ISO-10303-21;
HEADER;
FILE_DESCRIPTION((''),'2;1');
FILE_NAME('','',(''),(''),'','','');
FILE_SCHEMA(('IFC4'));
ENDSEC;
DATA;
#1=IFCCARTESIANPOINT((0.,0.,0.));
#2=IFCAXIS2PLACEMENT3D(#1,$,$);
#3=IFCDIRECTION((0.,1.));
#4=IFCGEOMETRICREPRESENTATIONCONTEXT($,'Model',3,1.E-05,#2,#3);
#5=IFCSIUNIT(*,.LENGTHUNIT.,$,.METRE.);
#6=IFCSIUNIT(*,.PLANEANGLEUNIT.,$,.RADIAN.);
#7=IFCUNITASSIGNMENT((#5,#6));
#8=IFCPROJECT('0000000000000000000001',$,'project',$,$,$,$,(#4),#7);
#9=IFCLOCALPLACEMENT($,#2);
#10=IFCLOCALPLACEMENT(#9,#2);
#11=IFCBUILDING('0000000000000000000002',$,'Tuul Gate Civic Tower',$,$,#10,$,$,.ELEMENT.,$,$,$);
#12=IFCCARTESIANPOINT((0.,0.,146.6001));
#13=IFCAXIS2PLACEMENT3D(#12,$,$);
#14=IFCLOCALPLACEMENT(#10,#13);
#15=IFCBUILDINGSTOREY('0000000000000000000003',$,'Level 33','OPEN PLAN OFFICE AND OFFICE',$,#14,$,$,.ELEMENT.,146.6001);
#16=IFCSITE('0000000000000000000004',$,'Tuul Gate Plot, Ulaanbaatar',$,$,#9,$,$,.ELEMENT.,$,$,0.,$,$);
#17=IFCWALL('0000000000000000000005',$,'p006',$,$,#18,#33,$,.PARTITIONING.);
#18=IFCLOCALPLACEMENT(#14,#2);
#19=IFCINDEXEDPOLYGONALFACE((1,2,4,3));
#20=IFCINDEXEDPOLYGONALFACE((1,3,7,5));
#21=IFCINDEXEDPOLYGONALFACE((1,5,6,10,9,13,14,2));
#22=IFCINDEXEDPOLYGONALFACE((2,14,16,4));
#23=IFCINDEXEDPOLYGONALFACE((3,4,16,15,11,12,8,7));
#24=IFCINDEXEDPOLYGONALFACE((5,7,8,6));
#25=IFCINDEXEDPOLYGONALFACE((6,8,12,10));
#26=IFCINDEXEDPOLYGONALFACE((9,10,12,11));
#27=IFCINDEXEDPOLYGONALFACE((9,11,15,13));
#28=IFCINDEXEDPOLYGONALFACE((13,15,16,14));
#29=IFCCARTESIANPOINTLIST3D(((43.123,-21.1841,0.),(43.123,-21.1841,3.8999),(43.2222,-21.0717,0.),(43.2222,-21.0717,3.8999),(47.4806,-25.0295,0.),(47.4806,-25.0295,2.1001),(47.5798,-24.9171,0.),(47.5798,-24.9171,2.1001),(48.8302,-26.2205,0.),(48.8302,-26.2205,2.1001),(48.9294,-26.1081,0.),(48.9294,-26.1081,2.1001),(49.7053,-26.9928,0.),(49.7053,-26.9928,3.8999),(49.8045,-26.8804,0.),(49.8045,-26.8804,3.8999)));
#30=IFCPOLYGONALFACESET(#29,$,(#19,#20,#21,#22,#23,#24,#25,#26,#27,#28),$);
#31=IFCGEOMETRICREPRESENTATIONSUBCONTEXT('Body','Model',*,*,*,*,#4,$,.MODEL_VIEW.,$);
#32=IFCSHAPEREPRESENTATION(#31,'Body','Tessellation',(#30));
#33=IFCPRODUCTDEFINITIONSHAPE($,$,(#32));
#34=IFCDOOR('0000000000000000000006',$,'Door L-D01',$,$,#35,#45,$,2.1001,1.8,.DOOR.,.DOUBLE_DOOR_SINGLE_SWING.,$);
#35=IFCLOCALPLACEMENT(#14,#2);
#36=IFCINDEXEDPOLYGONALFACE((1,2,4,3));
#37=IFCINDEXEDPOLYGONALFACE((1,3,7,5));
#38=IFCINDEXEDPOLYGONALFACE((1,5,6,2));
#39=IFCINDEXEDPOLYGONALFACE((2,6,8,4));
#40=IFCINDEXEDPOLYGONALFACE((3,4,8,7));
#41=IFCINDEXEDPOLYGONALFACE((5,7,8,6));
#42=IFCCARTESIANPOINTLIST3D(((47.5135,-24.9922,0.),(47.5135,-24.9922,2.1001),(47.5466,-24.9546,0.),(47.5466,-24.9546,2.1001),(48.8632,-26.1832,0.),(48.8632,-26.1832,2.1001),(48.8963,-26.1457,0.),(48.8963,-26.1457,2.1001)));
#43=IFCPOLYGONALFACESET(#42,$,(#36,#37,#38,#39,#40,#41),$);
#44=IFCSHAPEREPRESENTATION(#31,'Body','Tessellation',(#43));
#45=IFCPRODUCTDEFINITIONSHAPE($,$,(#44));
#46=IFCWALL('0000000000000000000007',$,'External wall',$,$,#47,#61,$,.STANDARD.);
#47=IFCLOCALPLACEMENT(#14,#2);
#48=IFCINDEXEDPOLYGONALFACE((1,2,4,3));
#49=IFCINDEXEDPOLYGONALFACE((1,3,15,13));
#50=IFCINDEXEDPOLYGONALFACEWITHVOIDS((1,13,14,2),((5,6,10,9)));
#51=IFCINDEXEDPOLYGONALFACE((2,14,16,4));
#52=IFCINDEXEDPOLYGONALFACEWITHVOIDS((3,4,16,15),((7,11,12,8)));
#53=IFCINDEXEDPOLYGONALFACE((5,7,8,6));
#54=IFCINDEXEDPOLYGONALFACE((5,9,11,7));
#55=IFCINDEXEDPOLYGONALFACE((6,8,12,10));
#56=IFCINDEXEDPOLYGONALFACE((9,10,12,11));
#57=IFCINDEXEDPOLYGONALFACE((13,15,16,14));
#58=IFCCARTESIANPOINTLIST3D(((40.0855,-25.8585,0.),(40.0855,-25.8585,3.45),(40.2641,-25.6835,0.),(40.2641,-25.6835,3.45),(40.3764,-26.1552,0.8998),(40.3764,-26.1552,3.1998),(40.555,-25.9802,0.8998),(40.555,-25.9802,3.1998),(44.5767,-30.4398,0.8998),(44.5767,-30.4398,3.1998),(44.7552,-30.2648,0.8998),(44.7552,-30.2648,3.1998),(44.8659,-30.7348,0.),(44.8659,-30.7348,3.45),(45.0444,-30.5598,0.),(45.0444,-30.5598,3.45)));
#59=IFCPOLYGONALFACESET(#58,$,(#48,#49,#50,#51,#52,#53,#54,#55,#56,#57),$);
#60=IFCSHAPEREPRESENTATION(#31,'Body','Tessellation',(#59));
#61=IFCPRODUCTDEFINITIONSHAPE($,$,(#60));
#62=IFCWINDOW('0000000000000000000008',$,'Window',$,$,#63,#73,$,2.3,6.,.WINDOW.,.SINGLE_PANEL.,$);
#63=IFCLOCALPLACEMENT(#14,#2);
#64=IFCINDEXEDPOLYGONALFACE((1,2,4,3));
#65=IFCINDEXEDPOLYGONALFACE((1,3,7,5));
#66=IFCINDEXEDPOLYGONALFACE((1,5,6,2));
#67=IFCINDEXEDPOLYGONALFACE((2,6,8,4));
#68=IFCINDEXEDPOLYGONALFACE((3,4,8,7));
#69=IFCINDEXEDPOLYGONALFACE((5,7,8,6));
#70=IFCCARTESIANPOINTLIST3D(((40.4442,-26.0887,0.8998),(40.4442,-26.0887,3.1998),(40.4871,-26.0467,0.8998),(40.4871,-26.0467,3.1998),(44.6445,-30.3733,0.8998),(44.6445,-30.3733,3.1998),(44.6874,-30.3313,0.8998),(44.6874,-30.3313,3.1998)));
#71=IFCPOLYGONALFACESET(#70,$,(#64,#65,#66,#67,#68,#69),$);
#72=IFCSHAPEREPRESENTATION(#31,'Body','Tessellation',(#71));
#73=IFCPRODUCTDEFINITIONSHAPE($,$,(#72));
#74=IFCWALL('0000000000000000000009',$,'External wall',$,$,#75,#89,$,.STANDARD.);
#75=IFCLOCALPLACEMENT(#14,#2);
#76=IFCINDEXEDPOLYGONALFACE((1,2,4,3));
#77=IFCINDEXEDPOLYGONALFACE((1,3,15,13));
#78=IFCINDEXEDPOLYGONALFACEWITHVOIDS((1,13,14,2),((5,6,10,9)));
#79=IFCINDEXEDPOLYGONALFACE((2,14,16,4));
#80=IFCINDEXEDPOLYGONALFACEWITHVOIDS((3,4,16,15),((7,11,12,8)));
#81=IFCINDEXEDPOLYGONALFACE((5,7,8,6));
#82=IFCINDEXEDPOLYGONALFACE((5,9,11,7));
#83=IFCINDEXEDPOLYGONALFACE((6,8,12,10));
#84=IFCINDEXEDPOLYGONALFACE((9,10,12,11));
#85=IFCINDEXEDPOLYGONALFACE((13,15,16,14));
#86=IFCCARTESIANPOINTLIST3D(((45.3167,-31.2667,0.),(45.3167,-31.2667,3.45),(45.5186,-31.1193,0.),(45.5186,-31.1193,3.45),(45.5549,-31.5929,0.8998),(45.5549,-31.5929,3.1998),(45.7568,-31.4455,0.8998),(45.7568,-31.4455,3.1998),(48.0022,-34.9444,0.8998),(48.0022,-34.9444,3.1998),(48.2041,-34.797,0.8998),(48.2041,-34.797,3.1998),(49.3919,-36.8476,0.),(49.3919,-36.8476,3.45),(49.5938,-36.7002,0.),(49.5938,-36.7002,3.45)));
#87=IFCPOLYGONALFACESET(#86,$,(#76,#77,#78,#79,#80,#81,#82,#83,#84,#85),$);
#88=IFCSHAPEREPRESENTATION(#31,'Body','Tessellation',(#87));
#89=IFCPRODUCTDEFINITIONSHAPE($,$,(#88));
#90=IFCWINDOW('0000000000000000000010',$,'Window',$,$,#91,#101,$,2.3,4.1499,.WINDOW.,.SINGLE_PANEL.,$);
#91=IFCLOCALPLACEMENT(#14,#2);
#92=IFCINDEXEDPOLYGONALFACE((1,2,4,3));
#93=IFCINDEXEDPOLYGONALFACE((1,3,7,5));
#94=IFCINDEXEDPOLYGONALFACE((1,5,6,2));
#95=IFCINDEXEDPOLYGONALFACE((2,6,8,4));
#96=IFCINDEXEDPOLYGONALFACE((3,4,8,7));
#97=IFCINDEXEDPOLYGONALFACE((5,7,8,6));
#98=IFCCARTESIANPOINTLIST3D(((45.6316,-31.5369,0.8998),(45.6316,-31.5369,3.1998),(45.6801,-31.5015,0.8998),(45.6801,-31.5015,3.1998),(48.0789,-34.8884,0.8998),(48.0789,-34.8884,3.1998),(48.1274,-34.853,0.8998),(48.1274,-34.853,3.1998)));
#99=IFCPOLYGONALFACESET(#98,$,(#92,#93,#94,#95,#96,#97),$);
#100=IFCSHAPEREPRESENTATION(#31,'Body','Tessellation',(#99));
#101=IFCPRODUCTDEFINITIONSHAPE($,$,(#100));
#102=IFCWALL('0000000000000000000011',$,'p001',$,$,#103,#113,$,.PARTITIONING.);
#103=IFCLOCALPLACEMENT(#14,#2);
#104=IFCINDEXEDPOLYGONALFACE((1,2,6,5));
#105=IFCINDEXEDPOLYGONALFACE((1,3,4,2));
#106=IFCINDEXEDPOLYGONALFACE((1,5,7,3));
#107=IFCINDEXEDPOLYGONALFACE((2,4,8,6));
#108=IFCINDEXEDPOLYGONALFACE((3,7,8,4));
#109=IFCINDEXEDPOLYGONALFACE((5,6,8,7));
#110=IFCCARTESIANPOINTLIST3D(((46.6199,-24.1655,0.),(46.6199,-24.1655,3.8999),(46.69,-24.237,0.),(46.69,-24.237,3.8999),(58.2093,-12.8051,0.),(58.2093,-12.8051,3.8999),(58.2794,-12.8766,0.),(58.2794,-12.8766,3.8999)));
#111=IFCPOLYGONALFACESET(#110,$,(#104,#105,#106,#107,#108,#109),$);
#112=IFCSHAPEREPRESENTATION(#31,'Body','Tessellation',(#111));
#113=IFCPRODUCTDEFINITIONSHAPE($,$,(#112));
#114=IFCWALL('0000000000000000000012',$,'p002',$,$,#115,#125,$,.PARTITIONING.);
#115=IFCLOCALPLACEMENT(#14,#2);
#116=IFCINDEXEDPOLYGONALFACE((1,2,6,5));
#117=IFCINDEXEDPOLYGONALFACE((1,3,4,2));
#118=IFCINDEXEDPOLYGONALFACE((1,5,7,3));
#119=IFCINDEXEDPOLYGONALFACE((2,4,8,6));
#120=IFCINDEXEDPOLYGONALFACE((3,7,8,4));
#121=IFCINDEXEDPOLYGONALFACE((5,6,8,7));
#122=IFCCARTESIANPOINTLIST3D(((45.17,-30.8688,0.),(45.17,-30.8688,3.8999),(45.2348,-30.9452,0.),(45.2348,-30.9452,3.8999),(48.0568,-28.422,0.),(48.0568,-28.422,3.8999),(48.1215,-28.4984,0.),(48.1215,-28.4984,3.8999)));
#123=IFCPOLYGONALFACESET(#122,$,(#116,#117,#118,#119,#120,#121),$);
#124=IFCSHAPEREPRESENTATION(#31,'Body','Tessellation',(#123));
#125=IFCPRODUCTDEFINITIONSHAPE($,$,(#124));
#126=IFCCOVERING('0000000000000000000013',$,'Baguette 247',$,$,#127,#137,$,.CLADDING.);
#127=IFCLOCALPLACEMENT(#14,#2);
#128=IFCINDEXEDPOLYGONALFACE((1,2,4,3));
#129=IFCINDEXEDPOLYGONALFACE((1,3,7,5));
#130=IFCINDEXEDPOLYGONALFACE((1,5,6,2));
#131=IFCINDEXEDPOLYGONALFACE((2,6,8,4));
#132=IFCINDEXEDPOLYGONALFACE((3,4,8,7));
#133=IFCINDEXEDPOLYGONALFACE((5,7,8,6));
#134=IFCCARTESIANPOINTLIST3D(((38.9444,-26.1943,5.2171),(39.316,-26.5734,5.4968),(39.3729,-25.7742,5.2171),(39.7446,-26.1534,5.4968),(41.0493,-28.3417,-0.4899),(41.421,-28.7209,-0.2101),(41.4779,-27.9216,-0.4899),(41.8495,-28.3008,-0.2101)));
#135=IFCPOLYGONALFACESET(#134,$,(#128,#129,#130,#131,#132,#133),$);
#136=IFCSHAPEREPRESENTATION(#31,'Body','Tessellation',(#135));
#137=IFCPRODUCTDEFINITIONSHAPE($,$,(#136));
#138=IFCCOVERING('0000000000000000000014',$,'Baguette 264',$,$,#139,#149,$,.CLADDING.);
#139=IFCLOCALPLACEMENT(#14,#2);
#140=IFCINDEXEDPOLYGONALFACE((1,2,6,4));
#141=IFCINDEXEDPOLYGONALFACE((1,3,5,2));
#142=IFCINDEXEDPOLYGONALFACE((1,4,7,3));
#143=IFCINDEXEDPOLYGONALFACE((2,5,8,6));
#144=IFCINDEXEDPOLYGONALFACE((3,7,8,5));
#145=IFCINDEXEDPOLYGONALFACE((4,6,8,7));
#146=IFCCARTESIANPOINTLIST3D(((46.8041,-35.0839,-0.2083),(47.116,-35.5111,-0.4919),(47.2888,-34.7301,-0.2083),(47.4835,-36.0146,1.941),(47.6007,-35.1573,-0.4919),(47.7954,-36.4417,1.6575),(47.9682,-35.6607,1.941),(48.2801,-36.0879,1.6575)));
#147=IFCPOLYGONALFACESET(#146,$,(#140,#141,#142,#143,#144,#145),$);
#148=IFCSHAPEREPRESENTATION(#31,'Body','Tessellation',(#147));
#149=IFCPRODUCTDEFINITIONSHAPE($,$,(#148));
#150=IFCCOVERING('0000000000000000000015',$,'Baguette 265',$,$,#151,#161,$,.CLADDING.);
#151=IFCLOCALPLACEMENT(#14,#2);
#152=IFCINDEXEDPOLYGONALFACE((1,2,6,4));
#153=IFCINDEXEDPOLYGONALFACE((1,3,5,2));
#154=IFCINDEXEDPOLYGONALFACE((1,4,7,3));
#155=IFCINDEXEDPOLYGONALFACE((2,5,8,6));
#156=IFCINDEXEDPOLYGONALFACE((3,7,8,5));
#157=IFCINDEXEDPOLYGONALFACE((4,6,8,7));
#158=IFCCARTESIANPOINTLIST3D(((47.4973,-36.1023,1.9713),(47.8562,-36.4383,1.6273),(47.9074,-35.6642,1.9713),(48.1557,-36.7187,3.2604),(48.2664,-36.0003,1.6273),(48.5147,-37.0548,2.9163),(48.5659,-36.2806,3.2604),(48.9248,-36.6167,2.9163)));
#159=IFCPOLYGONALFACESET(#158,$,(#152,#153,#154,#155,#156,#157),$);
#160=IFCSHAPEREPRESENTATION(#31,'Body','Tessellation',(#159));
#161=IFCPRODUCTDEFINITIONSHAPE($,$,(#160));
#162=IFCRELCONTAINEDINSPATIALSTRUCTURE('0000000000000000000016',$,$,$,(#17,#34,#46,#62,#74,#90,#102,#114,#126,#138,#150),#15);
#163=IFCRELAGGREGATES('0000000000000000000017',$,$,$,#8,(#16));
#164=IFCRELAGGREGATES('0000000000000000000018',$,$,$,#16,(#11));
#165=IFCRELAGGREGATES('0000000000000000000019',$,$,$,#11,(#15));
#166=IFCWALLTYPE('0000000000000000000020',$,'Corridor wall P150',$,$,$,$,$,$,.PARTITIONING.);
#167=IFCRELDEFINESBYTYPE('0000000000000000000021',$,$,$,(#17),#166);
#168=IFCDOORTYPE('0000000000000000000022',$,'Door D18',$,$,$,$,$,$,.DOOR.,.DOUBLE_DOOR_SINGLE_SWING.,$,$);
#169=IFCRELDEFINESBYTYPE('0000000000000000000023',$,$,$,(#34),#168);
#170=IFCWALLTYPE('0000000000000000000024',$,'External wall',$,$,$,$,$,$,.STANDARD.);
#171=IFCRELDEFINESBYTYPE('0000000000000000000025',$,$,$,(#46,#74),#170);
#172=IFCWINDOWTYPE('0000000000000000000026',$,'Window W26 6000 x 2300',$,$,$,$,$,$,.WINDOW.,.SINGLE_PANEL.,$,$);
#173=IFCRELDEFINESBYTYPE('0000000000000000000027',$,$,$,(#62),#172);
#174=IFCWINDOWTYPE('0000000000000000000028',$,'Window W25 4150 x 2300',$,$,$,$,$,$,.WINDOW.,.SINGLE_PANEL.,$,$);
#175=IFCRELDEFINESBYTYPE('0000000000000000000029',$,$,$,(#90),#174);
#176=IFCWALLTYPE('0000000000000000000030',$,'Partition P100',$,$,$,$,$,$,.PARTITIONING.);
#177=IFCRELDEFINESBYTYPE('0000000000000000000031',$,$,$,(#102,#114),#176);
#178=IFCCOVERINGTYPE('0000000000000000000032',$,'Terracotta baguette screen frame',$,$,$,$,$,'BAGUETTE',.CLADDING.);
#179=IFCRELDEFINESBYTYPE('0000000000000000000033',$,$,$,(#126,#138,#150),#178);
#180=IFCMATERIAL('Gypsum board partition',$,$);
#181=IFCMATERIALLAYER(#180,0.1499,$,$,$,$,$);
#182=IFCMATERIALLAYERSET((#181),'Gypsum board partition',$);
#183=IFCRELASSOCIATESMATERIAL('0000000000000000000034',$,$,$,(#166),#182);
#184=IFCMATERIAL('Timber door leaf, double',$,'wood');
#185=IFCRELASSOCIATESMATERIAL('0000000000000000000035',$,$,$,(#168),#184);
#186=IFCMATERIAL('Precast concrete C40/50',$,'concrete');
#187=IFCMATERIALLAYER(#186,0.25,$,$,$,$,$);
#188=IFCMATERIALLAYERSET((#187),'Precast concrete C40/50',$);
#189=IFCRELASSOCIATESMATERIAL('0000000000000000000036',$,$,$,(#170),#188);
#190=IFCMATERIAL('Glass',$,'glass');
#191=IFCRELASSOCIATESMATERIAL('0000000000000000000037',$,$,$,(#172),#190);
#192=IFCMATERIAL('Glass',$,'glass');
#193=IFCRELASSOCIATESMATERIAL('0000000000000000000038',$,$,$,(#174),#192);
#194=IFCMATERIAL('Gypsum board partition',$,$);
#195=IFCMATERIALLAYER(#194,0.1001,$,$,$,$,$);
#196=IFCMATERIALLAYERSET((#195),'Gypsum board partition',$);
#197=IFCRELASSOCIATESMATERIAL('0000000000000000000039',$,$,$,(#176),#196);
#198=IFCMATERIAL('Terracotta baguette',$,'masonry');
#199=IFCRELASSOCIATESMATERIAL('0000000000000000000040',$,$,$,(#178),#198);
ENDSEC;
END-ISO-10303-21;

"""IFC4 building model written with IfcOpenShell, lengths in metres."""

from ifc_helpers import new_model, si_unit, direction, frame, frame_2d, origin, origin_2d, place, context, subcontext, project, spatial, rectangle, extrude, material, layer, layer_set, material_profile, profile_set, type_object, element, fill, save


model = new_model("IFC4")

# Units and contexts
model_context = context("Model", 3, precision=1e-05, world=origin(), true_north=direction((0.0, 1.0)))
body_context = subcontext(model_context, "Body", "Model", "MODEL_VIEW")
ifc_project = project(units=[si_unit("LENGTHUNIT", "METRE"), si_unit("PLANEANGLEUNIT", "RADIAN")], contexts=[model_context])

# Site, building, storey
site_placement = place(None, origin())
site = spatial("IfcSite", under=ifc_project, at=site_placement, Name="Tuul Gate Plot, Ulaanbaatar", CompositionType="ELEMENT", RefElevation=0.0)
building_placement = place(site_placement, origin())
building = spatial("IfcBuilding", under=site, at=building_placement, Name="Tuul Gate Civic Tower", CompositionType="ELEMENT")
storey_placement = place(building_placement, frame((0.0, 0.0, 146.6001)))
storey = spatial("IfcBuildingStorey", under=building, at=storey_placement, Name="Level 33", Description="OPEN PLAN OFFICE AND OFFICE", CompositionType="ELEMENT", Elevation=146.6001)

# Shared definitions
ifc_material_1 = material(Name="Gypsum board partition")
ifc_layer_1 = layer(ifc_material_1, 0.1499)
ifc_layer_set_1 = layer_set([ifc_layer_1], Name="Gypsum board partition")
wall_type_1 = type_object("IfcWallType", Name="Corridor wall P150", PredefinedType="PARTITIONING", material=ifc_layer_set_1)

# Wall, opening, door
wall_1_placement = place(storey_placement, frame((43.1726, -21.1279, 0.0), z_axis=(0.0, 0.0, 1.0), x_axis=(0.749798, -0.661667, 0.0)))
wall_1 = element("IfcWall", 1, at=wall_1_placement, inside=storey, type_object=wall_type_1, Name="p006", PredefinedType="PARTITIONING", context=body_context, shape_type="SweptSolid", body=[
    extrude(rectangle(XDim=8.7788, YDim=0.1499, at=frame_2d((4.3894, 0.0))), origin(), (0.0, 0.0, 1.0), 3.8999),
])
opening_1_placement = place(wall_1_placement, frame((5.8118, 0.0, 0.0)))
opening_1 = element("IfcOpeningElement", 2, at=opening_1_placement, cuts=wall_1, PredefinedType="OPENING", context=body_context, shape_type="SweptSolid", body=[
    extrude(rectangle(XDim=1.8, YDim=2.1001, at=frame_2d((0.8999, 1.05))), frame((0.0, 0.085, 0.0), z_axis=(0.0, -1.0, 0.0), x_axis=(1.0, 0.0, 0.0)), (0.0, 0.0, 1.0), 0.1699),
])
ifc_material_2 = material(Name="Timber door leaf, double", Category="wood")
door_type = type_object("IfcDoorType", Name="Door D18", OperationType="DOUBLE_DOOR_SINGLE_SWING", PredefinedType="DOOR", material=ifc_material_2)
door_placement = place(opening_1_placement, origin())
door = element("IfcDoor", 3, at=door_placement, inside=storey, type_object=door_type, Name="Door L-D01", OperationType="DOUBLE_DOOR_SINGLE_SWING", OverallHeight=2.1001, OverallWidth=1.8, PredefinedType="DOOR", context=body_context, shape_type="SweptSolid", body=[
    extrude(rectangle(XDim=1.8, YDim=2.1001, at=frame_2d((0.8999, 1.05))), frame((0.0, 0.0249, 0.0), z_axis=(0.0, -1.0, 0.0), x_axis=(1.0, 0.0, 0.0)), (0.0, 0.0, 1.0), 0.05),
])
fill(opening_1, door)

# Walls, openings, windows
ifc_material_3 = material(Name="Precast concrete C40/50", Category="concrete")
ifc_layer_2 = layer(ifc_material_3, 0.25)
ifc_layer_set_2 = layer_set([ifc_layer_2], Name="Precast concrete C40/50")
wall_type_2 = type_object("IfcWallType", Name="External wall", PredefinedType="STANDARD", material=ifc_layer_set_2)
wall_2_placement = place(storey_placement, frame((40.1748, -25.771, 0.0), z_axis=(0.0, 0.0, 1.0), x_axis=(0.700046, -0.714097, 0.0)))
wall_2 = element("IfcWall", 4, at=wall_2_placement, inside=storey, type_object=wall_type_2, Name="External wall", PredefinedType="STANDARD", context=body_context, shape_type="SweptSolid", body=[
    extrude(rectangle(XDim=6.8286, YDim=0.25, at=frame_2d((3.4143, 0.0))), origin(), (0.0, 0.0, 1.0), 3.45),
])
opening_2_placement = place(wall_2_placement, frame((0.4155, 0.0, 0.8999)))
opening_2 = element("IfcOpeningElement", 5, at=opening_2_placement, cuts=wall_2, PredefinedType="OPENING", context=body_context, shape_type="SweptSolid", body=[
    extrude(rectangle(XDim=6.0, YDim=2.3, at=frame_2d((3.0, 1.1499))), frame((0.0, 0.135, 0.0), z_axis=(0.0, -1.0, 0.0), x_axis=(1.0, 0.0, 0.0)), (0.0, 0.0, 1.0), 0.27),
])
ifc_material_4 = material(Name="Glass", Category="glass")
window_type_1 = type_object("IfcWindowType", Name="Window W26 6000 x 2300", PartitioningType="SINGLE_PANEL", PredefinedType="WINDOW", material=ifc_material_4)
window_1_placement = place(opening_2_placement, origin())
window_1 = element("IfcWindow", 6, at=window_1_placement, inside=storey, type_object=window_type_1, Name="Window", OverallHeight=2.3, OverallWidth=6.0, PartitioningType="SINGLE_PANEL", PredefinedType="WINDOW", context=body_context, shape_type="SweptSolid", body=[
    extrude(rectangle(XDim=6.0, YDim=2.3, at=frame_2d((3.0, 1.1499))), frame((0.0, 0.03, 0.0), z_axis=(0.0, -1.0, 0.0), x_axis=(1.0, 0.0, 0.0)), (0.0, 0.0, 1.0), 0.0601),
])
fill(opening_2, window_1)
wall_3_placement = place(storey_placement, frame((45.4177, -31.1931, 0.0), z_axis=(0.0, 0.0, 1.0), x_axis=(0.589725, -0.807604, 0.0)))
wall_3 = element("IfcWall", 7, at=wall_3_placement, inside=storey, type_object=wall_type_2, Name="External wall", PredefinedType="STANDARD", context=body_context, shape_type="SweptSolid", body=[
    extrude(rectangle(XDim=6.9104, YDim=0.25, at=frame_2d((3.4551, 0.0))), origin(), (0.0, 0.0, 1.0), 3.45),
])
opening_3_placement = place(wall_3_placement, frame((0.4038, 0.0, 0.8999)))
opening_3 = element("IfcOpeningElement", 8, at=opening_3_placement, cuts=wall_3, PredefinedType="OPENING", context=body_context, shape_type="SweptSolid", body=[
    extrude(rectangle(XDim=4.1499, YDim=2.3, at=frame_2d((2.075, 1.1499))), frame((0.0, 0.135, 0.0), z_axis=(0.0, -1.0, 0.0), x_axis=(1.0, 0.0, 0.0)), (0.0, 0.0, 1.0), 0.27),
])
ifc_material_5 = material(Name="Glass", Category="glass")
window_type_2 = type_object("IfcWindowType", Name="Window W25 4150 x 2300", PartitioningType="SINGLE_PANEL", PredefinedType="WINDOW", material=ifc_material_5)
window_2_placement = place(opening_3_placement, origin())
window_2 = element("IfcWindow", 9, at=window_2_placement, inside=storey, type_object=window_type_2, Name="Window", OverallHeight=2.3, OverallWidth=4.1499, PartitioningType="SINGLE_PANEL", PredefinedType="WINDOW", context=body_context, shape_type="SweptSolid", body=[
    extrude(rectangle(XDim=4.1499, YDim=2.3, at=frame_2d((2.075, 1.1499))), frame((0.0, 0.03, 0.0), z_axis=(0.0, -1.0, 0.0), x_axis=(1.0, 0.0, 0.0)), (0.0, 0.0, 1.0), 0.0601),
])
fill(opening_3, window_2)

# Walls
ifc_material_6 = material(Name="Gypsum board partition")
ifc_layer_3 = layer(ifc_material_6, 0.1001)
ifc_layer_set_3 = layer_set([ifc_layer_3], Name="Gypsum board partition")
wall_type_3 = type_object("IfcWallType", Name="Partition P100", PredefinedType="PARTITIONING", material=ifc_layer_set_3)
wall_4_placement = place(storey_placement, frame((46.655, -24.2012, 0.0), z_axis=(0.0, 0.0, 1.0), x_axis=(0.714127, 0.700016, 0.0)))
element("IfcWall", 10, at=wall_4_placement, inside=storey, type_object=wall_type_3, Name="p001", PredefinedType="PARTITIONING", context=body_context, shape_type="SweptSolid", body=[
    extrude(rectangle(XDim=16.2288, YDim=0.1001, at=frame_2d((8.1143, 0.0))), origin(), (0.0, 0.0, 1.0), 3.8999),
])
wall_5_placement = place(storey_placement, frame((45.2024, -30.907, 0.0), z_axis=(0.0, 0.0, 1.0), x_axis=(0.762843, 0.646584, 0.0)))
element("IfcWall", 11, at=wall_5_placement, inside=storey, type_object=wall_type_3, Name="p002", PredefinedType="PARTITIONING", context=body_context, shape_type="SweptSolid", body=[
    extrude(rectangle(XDim=3.7842, YDim=0.1001, at=frame_2d((1.8921, 0.0))), origin(), (0.0, 0.0, 1.0), 3.8999),
])

# Coverings
ifc_material_7 = material(Name="Terracotta baguette", Category="masonry")
ifc_material_profile_1 = material_profile(ifc_material_7, rectangle(XDim=0.6001, YDim=0.6001, at=origin_2d()), Name="Terracotta baguette screen frame")
ifc_profile_set_1 = profile_set([ifc_material_profile_1], Name="Terracotta baguette")
covering_type = type_object("IfcCoveringType", Name="Terracotta baguette screen frame", ElementType="BAGUETTE", PredefinedType="CLADDING", material=ifc_profile_set_1)
covering_1_placement = place(storey_placement, frame((39.3445, -26.1738, 5.3569), z_axis=(0.326313, -0.332899, -0.884702), x_axis=(0.714135, 0.700008, 0.0)))
element("IfcCovering", 12, at=covering_1_placement, inside=storey, type_object=covering_type, Name="Baguette 247", PredefinedType="CLADDING", context=body_context, shape_type="SweptSolid", body=[
    extrude(rectangle(XDim=0.6001, YDim=0.6001, at=origin_2d()), origin(), (0.0, 0.0, 1.0), 6.4507),
])
covering_2_placement = place(storey_placement, frame((47.2024, -35.1206, -0.3501), z_axis=(0.278597, -0.381607, 0.88134), x_axis=(0.807663, 0.589645, 0.0)))
element("IfcCovering", 13, at=covering_2_placement, inside=storey, type_object=covering_type, Name="Baguette 264", PredefinedType="CLADDING", context=body_context, shape_type="SweptSolid", body=[
    extrude(rectangle(XDim=0.6001, YDim=0.6001, at=origin_2d()), origin(), (0.0, 0.0, 1.0), 2.4387),
])
covering_3_placement = place(storey_placement, frame((47.8818, -36.0513, 1.7993), z_axis=(0.418515, -0.391825, 0.81934), x_axis=(0.683446, 0.730001, 0.0)))
element("IfcCovering", 14, at=covering_3_placement, inside=storey, type_object=covering_type, Name="Baguette 265", PredefinedType="CLADDING", context=body_context, shape_type="SweptSolid", body=[
    extrude(rectangle(XDim=0.6001, YDim=0.6001, at=origin_2d()), origin(), (0.0, 0.0, 1.0), 1.5732),
])

save(model, "model.ifc")
